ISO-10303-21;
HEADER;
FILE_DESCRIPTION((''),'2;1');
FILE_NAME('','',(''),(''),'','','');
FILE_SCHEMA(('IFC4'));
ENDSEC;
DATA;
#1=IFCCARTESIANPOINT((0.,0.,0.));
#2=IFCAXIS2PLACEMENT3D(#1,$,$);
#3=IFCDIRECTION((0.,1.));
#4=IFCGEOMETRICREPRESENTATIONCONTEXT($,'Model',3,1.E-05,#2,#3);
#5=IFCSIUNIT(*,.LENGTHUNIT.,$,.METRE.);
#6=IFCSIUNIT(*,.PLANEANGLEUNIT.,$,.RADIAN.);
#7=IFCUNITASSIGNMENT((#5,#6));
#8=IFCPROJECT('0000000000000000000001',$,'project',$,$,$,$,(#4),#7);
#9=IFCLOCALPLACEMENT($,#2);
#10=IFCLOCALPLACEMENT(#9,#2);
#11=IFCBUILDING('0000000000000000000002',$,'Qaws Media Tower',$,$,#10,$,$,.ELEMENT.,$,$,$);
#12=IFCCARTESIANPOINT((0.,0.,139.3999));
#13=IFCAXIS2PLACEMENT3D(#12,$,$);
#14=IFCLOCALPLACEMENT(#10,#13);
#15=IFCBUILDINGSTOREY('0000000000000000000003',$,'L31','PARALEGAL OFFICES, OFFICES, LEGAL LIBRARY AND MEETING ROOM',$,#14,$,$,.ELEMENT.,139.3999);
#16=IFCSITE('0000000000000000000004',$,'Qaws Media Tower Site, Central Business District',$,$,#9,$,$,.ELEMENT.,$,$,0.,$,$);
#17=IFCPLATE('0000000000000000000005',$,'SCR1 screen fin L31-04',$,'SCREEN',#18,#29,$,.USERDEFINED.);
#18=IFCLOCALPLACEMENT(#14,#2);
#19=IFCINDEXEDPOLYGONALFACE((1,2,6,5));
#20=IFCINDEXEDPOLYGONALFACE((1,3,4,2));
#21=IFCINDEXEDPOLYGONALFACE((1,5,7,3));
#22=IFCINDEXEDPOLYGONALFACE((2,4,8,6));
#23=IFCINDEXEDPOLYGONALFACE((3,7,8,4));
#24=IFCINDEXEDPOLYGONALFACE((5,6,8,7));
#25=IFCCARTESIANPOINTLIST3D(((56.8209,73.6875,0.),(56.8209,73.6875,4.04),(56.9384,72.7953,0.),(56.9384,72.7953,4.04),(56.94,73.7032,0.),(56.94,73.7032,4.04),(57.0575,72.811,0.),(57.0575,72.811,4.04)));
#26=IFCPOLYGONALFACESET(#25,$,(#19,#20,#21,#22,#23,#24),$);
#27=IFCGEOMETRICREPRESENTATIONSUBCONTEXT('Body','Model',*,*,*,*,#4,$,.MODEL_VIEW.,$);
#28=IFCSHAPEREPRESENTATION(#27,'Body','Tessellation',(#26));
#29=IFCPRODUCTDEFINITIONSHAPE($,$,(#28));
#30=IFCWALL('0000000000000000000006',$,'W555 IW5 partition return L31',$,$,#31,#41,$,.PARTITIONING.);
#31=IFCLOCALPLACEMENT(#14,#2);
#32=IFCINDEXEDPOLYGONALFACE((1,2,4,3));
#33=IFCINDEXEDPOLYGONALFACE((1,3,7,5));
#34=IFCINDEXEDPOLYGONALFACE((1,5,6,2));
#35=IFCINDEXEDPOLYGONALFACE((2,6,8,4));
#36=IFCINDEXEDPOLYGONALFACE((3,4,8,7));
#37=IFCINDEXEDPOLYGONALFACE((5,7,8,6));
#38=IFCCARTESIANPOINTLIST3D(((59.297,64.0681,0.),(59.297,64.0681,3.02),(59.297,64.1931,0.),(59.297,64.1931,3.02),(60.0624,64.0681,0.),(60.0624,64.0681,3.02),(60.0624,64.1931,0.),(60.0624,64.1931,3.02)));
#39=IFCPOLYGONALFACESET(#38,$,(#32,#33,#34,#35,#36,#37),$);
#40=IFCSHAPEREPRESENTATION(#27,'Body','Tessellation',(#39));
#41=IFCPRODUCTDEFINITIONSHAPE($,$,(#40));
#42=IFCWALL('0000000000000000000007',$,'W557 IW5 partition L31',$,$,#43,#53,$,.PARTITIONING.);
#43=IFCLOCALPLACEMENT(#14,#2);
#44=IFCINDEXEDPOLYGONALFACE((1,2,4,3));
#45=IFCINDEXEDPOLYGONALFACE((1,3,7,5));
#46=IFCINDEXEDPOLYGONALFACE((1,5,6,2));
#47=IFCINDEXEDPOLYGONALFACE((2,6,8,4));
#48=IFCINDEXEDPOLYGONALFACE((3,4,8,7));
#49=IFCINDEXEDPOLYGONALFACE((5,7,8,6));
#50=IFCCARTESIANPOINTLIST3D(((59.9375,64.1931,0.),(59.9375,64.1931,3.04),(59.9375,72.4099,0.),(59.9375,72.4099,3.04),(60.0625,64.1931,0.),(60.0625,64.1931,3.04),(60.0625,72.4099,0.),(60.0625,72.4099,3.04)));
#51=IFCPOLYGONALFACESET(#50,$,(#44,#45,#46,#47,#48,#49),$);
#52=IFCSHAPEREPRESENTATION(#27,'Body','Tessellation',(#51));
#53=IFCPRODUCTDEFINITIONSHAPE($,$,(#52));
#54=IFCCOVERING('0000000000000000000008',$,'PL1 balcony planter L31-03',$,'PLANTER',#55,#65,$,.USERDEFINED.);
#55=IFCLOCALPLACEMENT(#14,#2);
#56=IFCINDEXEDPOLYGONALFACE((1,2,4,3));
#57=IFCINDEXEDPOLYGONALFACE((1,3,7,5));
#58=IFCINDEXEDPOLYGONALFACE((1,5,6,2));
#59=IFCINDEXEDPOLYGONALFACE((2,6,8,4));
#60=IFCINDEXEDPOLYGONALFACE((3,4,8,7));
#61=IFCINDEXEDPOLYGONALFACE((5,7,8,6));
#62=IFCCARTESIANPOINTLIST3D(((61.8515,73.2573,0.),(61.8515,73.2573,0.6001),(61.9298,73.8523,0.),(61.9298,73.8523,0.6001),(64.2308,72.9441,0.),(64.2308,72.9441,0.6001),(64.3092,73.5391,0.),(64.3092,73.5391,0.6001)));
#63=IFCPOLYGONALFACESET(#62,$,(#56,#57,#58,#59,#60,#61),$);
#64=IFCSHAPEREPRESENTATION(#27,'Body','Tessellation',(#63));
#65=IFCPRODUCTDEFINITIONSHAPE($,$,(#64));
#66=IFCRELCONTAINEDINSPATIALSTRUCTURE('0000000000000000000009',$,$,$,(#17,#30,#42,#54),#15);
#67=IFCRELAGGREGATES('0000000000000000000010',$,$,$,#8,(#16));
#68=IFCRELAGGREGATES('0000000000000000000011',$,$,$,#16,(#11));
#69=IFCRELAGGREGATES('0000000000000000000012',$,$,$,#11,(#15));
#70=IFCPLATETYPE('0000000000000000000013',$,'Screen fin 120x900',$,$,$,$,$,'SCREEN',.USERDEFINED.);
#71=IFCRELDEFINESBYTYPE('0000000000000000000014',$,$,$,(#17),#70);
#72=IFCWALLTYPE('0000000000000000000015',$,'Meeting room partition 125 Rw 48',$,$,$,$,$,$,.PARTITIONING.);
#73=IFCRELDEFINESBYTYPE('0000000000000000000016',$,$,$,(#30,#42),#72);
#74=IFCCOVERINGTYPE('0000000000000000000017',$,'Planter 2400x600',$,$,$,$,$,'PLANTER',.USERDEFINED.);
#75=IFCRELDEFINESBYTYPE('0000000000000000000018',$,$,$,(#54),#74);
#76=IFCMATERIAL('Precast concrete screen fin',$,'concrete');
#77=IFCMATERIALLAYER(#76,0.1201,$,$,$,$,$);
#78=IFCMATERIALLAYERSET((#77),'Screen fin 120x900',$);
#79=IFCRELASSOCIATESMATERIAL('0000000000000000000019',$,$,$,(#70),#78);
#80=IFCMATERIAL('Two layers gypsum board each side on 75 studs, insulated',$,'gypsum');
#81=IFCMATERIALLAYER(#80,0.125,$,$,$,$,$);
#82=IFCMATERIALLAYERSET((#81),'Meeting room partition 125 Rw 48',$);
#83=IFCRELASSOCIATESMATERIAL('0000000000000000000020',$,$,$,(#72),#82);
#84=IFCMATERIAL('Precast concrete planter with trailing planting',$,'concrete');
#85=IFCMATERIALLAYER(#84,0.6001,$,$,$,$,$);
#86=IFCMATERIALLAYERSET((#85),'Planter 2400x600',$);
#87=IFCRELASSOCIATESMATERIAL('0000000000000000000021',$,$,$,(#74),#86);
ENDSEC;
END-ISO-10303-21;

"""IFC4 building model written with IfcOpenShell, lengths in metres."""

from ifc_helpers import new_model, si_unit, direction, frame, frame_2d, origin, origin_2d, place, context, subcontext, project, spatial, rectangle, extrude, material, layer, layer_set, type_object, element, save


model = new_model("IFC4")

# Units and contexts
model_context = context("Model", 3, precision=1e-05, world=origin(), true_north=direction((0.0, 1.0)))
body_context = subcontext(model_context, "Body", "Model", "MODEL_VIEW")
ifc_project = project(units=[si_unit("LENGTHUNIT", "METRE"), si_unit("PLANEANGLEUNIT", "RADIAN")], contexts=[model_context])

# Site, building, storey
site_placement = place(None, origin())
site = spatial("IfcSite", under=ifc_project, at=site_placement, Name="Qaws Media Tower Site, Central Business District", CompositionType="ELEMENT", RefElevation=0.0)
building_placement = place(site_placement, origin())
building = spatial("IfcBuilding", under=site, at=building_placement, Name="Qaws Media Tower", CompositionType="ELEMENT")
storey_placement = place(building_placement, frame((0.0, 0.0, 139.3999)))
storey = spatial("IfcBuildingStorey", under=building, at=storey_placement, Name="L31", Description="PARALEGAL OFFICES, OFFICES, LEGAL LIBRARY AND MEETING ROOM", CompositionType="ELEMENT", Elevation=139.3999)

# Plate
ifc_material_1 = material(Name="Precast concrete screen fin", Category="concrete")
ifc_layer_1 = layer(ifc_material_1, 0.1201)
ifc_layer_set_1 = layer_set([ifc_layer_1], Name="Screen fin 120x900")
plate_type_1 = type_object("IfcPlateType", Name="Screen fin 120x900", ElementType="SCREEN", PredefinedType="USERDEFINED", material=ifc_layer_set_1)
for number, where, z_axis, x_axis, name in (
    (1, (56.9392, 73.2493, 0.0), (0.0, 0.0, 1.0), (-0.130526, 0.991445, 0.0), "SCR1 screen fin L31-04"),
):
    element("IfcPlate", number, at=place(storey_placement, frame(where, z_axis=z_axis, x_axis=x_axis)), inside=storey, type_object=plate_type_1, Name=name, ObjectType="SCREEN", PredefinedType="USERDEFINED", context=body_context, shape_type="SweptSolid", body=[
        extrude(rectangle(XDim=0.8999, YDim=0.1201, at=origin_2d()), origin(), (0.0, 0.0, 1.0), 4.04),
    ])

# Walls
ifc_material_2 = material(Name="Two layers gypsum board each side on 75 studs, insulated", Category="gypsum")
ifc_layer_2 = layer(ifc_material_2, 0.125)
ifc_layer_set_2 = layer_set([ifc_layer_2], Name="Meeting room partition 125 Rw 48")
wall_type_1 = type_object("IfcWallType", Name="Meeting room partition 125 Rw 48", PredefinedType="PARTITIONING", material=ifc_layer_set_2)
wall_1_placement = place(storey_placement, frame((60.0625, 64.1306, 0.0), z_axis=(0.0, 0.0, 1.0), x_axis=(-1.0, 0.0, 0.0)))
element("IfcWall", 2, at=wall_1_placement, inside=storey, type_object=wall_type_1, Name="W555 IW5 partition return L31", PredefinedType="PARTITIONING", context=body_context, shape_type="SweptSolid", body=[
    extrude(rectangle(XDim=0.7654, YDim=0.125, at=frame_2d((0.3828, 0.0))), origin(), (0.0, 0.0, 1.0), 3.02),
])
wall_2_placement = place(storey_placement, frame((60.0, 64.1931, 0.0), z_axis=(0.0, 0.0, 1.0), x_axis=(0.0, 1.0, 0.0)))
element("IfcWall", 3, at=wall_2_placement, inside=storey, type_object=wall_type_1, Name="W557 IW5 partition L31", PredefinedType="PARTITIONING", context=body_context, shape_type="SweptSolid", body=[
    extrude(rectangle(XDim=8.2168, YDim=0.125, at=frame_2d((4.1084, 0.0))), origin(), (0.0, 0.0, 1.0), 3.04),
])

# Covering
ifc_material_3 = material(Name="Precast concrete planter with trailing planting", Category="concrete")
ifc_layer_3 = layer(ifc_material_3, 0.6001)
ifc_layer_set_3 = layer_set([ifc_layer_3], Name="Planter 2400x600")
covering_type = type_object("IfcCoveringType", Name="Planter 2400x600", ElementType="PLANTER", PredefinedType="USERDEFINED", material=ifc_layer_set_3)
covering_placement = place(storey_placement, frame((63.0803, 73.3982, 0.0), z_axis=(0.0, 0.0, 1.0), x_axis=(-0.991445, 0.130526, 0.0)))
element("IfcCovering", 4, at=covering_placement, inside=storey, type_object=covering_type, Name="PL1 balcony planter L31-03", ObjectType="PLANTER", PredefinedType="USERDEFINED", context=body_context, shape_type="SweptSolid", body=[
    extrude(rectangle(XDim=2.3999, YDim=0.6001, at=origin_2d()), origin(), (0.0, 0.0, 1.0), 0.6001),
])

save(model, "model.ifc")
